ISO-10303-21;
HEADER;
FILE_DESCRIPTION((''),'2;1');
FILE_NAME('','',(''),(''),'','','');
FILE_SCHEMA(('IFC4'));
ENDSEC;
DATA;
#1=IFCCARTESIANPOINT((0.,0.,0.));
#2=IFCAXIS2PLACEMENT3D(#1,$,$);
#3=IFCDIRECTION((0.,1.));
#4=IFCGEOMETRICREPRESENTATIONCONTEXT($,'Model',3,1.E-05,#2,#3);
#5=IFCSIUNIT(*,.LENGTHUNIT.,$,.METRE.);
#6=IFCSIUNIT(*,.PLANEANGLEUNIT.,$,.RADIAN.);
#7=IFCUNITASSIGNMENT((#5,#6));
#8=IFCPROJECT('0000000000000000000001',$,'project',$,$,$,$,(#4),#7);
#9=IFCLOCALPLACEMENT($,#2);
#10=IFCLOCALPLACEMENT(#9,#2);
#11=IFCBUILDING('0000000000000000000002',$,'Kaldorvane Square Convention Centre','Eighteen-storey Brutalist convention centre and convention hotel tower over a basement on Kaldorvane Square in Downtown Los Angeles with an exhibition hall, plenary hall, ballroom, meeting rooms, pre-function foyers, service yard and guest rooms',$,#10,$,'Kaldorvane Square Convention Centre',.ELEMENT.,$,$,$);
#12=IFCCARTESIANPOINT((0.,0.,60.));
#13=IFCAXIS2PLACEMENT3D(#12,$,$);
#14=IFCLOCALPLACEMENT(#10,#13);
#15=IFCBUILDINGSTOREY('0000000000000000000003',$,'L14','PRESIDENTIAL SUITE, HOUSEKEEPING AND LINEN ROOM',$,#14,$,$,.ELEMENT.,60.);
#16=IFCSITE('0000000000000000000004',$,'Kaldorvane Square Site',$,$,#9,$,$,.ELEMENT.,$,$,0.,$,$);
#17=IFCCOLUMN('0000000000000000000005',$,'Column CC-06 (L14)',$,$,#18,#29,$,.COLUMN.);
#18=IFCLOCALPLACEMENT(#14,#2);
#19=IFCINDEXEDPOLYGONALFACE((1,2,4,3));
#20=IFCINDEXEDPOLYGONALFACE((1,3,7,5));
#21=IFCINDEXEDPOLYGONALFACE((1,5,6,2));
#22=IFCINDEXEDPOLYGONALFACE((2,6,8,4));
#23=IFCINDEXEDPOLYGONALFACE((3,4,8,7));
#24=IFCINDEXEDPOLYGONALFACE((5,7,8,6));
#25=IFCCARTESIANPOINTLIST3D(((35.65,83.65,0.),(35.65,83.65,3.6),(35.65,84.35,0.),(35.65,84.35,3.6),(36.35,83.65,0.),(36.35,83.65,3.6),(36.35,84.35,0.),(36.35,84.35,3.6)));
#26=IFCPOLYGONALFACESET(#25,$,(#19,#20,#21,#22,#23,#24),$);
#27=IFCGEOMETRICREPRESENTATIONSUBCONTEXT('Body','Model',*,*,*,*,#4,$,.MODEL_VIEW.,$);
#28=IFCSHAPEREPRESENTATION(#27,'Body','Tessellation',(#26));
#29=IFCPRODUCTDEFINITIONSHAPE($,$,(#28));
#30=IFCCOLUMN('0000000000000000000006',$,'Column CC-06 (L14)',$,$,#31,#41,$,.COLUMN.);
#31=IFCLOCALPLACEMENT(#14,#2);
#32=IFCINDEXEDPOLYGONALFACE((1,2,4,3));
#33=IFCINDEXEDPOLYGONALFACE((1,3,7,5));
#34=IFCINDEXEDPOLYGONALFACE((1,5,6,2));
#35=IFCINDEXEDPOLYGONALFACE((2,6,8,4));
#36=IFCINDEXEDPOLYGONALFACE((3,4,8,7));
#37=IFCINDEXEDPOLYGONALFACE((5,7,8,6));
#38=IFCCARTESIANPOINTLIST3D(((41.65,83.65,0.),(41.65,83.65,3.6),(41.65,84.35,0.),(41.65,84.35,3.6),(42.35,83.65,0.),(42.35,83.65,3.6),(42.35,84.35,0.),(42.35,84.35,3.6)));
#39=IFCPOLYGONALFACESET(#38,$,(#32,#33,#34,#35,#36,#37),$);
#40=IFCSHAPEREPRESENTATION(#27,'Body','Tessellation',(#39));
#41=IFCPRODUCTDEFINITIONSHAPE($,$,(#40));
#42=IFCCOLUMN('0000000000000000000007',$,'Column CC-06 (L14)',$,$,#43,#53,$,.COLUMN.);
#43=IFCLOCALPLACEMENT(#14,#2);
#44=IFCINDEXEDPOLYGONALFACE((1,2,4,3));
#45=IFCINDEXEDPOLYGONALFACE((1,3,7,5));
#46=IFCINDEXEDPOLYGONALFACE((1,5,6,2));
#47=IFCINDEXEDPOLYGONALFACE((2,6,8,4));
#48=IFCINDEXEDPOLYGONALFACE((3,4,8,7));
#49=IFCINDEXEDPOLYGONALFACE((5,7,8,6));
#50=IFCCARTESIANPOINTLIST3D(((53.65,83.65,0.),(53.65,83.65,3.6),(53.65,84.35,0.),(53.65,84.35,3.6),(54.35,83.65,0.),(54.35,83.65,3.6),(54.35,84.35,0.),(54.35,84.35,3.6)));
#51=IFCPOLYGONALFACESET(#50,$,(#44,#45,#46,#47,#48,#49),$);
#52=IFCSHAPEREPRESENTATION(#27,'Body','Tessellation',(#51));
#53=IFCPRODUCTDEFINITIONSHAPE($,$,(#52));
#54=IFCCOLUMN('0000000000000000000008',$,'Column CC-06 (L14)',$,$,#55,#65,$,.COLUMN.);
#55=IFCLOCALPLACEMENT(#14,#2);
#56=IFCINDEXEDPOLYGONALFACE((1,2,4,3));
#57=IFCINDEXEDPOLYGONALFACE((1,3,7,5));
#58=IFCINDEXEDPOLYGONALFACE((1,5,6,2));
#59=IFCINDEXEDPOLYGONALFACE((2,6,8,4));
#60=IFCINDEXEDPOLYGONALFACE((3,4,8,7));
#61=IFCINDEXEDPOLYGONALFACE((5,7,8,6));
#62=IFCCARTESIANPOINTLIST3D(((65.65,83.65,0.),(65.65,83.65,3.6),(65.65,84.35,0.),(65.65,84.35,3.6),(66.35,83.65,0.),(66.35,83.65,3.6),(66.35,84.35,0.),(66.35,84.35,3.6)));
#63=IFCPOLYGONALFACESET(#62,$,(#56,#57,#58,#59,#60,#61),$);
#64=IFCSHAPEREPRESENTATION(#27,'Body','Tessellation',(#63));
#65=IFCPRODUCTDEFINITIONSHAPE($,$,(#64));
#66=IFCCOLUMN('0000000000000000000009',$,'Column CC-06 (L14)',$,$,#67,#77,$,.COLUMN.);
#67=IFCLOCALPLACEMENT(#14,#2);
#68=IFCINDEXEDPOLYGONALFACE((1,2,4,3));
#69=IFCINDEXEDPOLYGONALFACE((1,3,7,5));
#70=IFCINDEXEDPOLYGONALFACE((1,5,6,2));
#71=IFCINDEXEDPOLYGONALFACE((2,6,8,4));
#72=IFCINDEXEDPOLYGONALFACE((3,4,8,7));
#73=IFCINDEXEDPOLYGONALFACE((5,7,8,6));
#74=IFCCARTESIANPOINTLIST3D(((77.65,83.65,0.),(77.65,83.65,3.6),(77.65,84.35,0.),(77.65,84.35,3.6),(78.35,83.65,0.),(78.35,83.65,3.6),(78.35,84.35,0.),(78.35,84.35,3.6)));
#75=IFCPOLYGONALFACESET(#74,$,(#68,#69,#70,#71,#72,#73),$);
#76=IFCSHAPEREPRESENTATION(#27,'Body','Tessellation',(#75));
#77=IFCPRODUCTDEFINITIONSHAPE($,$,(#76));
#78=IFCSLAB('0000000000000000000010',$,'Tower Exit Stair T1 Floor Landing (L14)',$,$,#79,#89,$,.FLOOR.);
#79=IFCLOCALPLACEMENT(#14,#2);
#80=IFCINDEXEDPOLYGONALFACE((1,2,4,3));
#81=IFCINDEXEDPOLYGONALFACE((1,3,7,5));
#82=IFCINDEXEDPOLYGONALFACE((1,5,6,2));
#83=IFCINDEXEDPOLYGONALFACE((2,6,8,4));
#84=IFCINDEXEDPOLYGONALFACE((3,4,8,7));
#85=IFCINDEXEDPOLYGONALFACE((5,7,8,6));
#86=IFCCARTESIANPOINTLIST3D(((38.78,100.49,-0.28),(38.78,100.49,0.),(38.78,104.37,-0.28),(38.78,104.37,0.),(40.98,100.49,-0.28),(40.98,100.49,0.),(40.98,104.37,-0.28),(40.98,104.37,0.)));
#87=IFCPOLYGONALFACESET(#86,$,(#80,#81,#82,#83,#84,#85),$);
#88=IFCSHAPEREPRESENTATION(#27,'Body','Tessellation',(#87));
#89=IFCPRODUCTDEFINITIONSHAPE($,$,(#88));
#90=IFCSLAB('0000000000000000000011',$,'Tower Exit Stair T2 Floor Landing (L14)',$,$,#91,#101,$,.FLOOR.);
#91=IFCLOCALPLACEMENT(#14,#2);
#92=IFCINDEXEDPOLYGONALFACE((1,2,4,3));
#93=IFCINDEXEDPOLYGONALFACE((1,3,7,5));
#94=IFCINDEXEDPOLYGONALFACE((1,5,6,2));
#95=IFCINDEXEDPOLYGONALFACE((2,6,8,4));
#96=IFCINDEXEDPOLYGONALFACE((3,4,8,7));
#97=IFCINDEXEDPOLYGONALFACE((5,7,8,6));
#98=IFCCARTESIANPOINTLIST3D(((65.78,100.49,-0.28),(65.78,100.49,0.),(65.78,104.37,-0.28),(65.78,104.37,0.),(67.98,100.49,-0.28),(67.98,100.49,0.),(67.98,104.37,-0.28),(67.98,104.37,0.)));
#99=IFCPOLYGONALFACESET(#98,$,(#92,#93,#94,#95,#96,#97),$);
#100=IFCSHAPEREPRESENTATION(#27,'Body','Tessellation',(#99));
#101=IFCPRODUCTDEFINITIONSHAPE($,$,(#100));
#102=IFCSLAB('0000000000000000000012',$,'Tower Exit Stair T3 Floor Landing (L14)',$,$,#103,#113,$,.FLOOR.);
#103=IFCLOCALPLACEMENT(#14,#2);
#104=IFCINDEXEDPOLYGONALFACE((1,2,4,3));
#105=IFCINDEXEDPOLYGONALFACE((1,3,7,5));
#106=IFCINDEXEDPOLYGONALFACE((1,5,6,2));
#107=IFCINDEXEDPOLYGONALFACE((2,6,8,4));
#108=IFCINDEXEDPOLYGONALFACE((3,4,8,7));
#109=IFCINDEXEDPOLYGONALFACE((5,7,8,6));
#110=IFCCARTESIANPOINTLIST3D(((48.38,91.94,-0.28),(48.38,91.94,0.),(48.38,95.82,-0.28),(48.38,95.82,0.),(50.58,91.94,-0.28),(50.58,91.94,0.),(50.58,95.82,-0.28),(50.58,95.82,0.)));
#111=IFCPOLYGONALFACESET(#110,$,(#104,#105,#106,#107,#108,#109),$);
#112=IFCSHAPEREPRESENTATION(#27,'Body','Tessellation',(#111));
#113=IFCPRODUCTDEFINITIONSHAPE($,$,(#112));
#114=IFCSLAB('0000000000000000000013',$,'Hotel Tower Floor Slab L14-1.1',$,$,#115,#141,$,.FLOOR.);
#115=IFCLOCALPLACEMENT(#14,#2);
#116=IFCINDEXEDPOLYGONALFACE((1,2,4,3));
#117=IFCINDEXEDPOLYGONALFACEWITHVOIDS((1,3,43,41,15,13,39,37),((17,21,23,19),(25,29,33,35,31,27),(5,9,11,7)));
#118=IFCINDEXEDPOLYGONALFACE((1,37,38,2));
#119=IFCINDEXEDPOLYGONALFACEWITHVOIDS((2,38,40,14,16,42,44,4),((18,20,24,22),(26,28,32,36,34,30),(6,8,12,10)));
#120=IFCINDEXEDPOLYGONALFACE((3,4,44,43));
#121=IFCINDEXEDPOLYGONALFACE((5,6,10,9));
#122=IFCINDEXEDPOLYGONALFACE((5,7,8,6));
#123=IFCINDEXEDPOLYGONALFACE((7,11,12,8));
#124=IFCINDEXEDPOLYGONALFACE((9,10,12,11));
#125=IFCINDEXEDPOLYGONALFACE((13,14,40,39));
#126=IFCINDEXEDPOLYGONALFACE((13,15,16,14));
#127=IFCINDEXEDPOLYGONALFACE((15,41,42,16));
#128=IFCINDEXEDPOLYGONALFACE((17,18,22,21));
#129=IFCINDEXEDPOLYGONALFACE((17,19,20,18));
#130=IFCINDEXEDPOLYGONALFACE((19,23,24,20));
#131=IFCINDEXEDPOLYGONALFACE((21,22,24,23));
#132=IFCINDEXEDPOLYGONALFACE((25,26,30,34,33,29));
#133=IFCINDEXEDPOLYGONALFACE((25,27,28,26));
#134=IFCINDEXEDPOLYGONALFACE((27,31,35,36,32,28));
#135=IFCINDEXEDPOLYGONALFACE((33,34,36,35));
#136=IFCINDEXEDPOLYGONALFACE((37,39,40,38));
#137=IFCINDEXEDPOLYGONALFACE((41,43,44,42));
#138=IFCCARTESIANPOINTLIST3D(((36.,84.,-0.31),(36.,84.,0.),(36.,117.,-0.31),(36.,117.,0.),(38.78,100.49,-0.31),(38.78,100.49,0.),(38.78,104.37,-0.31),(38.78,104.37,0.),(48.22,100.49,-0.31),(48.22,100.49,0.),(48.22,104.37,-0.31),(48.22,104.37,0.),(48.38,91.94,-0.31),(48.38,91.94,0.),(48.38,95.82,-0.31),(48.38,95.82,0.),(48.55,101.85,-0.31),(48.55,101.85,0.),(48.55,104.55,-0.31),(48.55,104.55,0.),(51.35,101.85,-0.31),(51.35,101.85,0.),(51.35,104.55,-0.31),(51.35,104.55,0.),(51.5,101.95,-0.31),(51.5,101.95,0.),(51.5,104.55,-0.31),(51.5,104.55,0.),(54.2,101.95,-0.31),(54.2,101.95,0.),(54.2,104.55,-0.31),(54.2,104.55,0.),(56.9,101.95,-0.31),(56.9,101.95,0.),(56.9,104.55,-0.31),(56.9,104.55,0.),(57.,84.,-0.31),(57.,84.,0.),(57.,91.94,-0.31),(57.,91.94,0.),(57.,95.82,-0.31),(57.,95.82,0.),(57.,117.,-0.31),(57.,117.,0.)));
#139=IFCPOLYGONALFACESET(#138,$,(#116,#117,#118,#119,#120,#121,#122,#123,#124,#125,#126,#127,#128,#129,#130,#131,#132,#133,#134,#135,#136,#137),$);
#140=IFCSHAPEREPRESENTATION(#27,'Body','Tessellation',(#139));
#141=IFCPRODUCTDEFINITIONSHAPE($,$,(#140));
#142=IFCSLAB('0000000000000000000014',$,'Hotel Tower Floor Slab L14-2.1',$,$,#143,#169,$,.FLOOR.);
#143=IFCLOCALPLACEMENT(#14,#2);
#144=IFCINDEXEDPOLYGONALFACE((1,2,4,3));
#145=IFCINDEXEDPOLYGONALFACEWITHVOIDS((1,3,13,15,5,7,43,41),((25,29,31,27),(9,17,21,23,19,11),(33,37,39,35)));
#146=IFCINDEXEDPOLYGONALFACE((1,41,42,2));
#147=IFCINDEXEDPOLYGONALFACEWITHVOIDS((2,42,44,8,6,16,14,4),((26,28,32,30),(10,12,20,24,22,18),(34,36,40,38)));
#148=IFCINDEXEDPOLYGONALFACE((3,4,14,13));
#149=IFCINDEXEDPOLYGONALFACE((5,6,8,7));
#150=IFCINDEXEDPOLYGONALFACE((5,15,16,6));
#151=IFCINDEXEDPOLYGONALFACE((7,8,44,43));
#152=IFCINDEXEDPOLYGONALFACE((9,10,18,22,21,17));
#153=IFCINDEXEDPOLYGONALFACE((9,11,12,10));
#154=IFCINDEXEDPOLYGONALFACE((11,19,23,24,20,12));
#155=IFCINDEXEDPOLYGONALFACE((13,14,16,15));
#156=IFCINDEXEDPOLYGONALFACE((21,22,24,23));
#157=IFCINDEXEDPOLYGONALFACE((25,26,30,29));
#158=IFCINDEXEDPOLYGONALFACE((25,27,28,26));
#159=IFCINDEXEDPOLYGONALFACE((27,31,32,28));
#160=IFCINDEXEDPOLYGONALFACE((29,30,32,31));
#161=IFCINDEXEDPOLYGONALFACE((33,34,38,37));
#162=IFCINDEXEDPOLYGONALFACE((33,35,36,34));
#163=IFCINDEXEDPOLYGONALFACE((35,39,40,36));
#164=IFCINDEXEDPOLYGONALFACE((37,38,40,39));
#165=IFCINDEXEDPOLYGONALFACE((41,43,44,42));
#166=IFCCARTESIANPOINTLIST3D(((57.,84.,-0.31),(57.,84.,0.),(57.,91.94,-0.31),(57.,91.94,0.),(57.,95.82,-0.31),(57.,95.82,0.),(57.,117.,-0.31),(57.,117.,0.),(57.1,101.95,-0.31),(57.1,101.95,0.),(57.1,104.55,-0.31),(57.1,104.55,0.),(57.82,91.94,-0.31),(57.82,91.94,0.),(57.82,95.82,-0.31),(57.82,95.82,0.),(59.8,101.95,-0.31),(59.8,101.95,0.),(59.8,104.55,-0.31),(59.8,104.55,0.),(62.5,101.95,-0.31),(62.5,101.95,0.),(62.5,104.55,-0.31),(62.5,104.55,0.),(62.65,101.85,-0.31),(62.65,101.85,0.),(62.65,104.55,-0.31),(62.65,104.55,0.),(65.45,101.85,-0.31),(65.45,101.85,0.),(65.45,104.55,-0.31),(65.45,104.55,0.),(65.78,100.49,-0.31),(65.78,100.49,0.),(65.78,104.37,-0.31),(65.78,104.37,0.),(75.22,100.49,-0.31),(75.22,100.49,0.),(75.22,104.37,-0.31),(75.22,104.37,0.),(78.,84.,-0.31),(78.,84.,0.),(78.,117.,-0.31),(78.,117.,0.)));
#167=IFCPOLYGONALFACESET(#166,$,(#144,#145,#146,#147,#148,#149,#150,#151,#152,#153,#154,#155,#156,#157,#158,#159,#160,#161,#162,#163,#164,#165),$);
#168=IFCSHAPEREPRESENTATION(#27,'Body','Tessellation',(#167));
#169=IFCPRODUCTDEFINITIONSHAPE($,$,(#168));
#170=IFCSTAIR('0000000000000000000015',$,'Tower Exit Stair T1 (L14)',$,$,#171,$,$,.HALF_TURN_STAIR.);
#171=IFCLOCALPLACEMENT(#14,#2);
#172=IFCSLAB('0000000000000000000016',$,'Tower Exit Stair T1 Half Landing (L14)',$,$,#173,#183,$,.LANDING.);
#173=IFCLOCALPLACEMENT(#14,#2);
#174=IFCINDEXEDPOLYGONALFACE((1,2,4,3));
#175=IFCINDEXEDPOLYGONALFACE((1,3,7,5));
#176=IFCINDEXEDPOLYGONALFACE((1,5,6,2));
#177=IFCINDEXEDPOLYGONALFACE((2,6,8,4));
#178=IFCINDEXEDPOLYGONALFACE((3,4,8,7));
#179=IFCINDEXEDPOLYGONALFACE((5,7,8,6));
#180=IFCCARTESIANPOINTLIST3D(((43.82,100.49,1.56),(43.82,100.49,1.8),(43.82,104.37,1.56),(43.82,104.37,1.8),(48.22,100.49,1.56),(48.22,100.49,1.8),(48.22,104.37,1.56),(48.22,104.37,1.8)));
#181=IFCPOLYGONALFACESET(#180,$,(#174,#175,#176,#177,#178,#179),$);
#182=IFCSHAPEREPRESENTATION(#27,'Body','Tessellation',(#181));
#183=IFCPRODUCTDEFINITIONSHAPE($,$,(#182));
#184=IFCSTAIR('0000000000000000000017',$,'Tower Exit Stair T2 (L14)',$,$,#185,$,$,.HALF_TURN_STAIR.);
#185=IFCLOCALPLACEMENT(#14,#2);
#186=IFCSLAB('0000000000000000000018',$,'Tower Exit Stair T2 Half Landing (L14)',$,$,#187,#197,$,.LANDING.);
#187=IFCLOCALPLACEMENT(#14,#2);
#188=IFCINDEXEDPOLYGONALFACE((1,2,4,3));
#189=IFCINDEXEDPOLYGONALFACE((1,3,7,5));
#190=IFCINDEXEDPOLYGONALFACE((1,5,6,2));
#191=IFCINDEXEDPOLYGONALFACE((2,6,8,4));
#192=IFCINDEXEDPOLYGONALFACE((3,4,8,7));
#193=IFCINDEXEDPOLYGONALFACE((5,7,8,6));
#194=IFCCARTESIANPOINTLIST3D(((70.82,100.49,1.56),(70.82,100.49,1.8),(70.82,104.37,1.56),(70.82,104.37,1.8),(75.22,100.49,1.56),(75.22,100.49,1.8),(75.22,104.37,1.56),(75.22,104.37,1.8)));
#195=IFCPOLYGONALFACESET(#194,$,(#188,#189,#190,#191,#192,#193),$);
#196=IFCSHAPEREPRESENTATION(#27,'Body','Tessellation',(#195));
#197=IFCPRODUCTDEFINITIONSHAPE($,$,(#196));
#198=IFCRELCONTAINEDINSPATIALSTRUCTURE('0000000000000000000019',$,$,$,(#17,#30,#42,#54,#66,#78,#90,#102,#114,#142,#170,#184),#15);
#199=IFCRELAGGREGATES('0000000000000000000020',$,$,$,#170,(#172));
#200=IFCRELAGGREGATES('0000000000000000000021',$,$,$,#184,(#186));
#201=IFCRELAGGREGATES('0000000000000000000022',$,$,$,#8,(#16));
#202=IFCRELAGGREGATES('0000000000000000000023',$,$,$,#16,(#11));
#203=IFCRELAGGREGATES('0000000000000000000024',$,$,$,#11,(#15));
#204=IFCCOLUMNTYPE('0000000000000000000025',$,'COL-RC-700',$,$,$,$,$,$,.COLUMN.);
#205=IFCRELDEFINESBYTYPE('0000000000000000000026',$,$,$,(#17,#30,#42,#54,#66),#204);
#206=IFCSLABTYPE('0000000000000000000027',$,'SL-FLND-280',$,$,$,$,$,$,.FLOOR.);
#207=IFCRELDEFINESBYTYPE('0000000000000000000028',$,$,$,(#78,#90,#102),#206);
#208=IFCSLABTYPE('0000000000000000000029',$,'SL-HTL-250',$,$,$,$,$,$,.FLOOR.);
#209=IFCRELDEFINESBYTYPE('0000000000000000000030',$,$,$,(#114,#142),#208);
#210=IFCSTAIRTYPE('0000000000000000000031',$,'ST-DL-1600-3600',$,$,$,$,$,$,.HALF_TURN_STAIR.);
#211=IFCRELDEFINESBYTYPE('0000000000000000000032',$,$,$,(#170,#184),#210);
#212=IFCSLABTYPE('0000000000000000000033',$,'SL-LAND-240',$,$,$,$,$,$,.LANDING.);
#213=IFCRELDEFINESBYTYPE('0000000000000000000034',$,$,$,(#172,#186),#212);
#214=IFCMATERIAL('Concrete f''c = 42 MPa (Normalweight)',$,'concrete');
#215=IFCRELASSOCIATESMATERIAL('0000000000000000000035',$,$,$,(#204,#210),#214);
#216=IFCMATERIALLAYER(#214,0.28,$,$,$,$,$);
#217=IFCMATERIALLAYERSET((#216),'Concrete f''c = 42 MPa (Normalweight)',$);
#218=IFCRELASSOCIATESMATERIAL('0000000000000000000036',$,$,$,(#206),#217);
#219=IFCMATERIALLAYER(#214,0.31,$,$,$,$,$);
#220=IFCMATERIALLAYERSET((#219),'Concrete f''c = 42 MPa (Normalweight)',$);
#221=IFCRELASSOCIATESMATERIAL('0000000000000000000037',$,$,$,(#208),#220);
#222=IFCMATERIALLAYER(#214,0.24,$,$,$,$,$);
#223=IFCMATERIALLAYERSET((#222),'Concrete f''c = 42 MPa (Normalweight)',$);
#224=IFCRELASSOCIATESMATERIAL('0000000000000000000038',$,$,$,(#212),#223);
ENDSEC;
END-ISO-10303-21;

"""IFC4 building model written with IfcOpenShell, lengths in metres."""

from ifc_helpers import new_model, si_unit, direction, frame, origin, origin_2d, place, context, subcontext, project, spatial, polyline, rectangle, outline, extrude, material, layer, layer_set, material_profile, profile_set, type_object, element, aggregate, save


model = new_model("IFC4")

# Units and contexts
model_context = context("Model", 3, precision=1e-05, world=origin(), true_north=direction((0.0, 1.0)))
body_context = subcontext(model_context, "Body", "Model", "MODEL_VIEW")
ifc_project = project(units=[si_unit("LENGTHUNIT", "METRE"), si_unit("PLANEANGLEUNIT", "RADIAN")], contexts=[model_context])

# Site, building, storey
site_placement = place(None, origin())
site = spatial("IfcSite", under=ifc_project, at=site_placement, Name="Kaldorvane Square Site", CompositionType="ELEMENT", RefElevation=0.0)
building_placement = place(site_placement, origin())
building = spatial("IfcBuilding", under=site, at=building_placement, Name="Kaldorvane Square Convention Centre", Description="Eighteen-storey Brutalist convention centre and convention hotel tower over a basement on Kaldorvane Square in Downtown Los Angeles with an exhibition hall, plenary hall, ballroom, meeting rooms, pre-function foyers, service yard and guest rooms", LongName="Kaldorvane Square Convention Centre", CompositionType="ELEMENT")
storey_placement = place(building_placement, frame((0.0, 0.0, 60.0)))
storey = spatial("IfcBuildingStorey", under=building, at=storey_placement, Name="L14", Description="PRESIDENTIAL SUITE, HOUSEKEEPING AND LINEN ROOM", CompositionType="ELEMENT", Elevation=60.0)

# Columns
ifc_material = material(Name="Concrete f'c = 42 MPa (Normalweight)", Category="concrete")
ifc_material_profile = material_profile(ifc_material, rectangle(XDim=0.7, YDim=0.7, at=origin_2d()), Name="RC700X700")
ifc_profile_set = profile_set([ifc_material_profile], Name="Concrete f'c = 42 MPa (Normalweight)")
column_type = type_object("IfcColumnType", Name="COL-RC-700", PredefinedType="COLUMN", material=ifc_profile_set)
for number, where, z_axis, x_axis, name in (
    (1, (36.0, 84.0, 0.0), (0.0, 0.0, 1.0), (1.0, 0.0, 0.0), "Column CC-06 (L14)"),
    (2, (42.0, 84.0, 0.0), (0.0, 0.0, 1.0), (1.0, 0.0, 0.0), "Column CC-06 (L14)"),
    (3, (54.0, 84.0, 0.0), (0.0, 0.0, 1.0), (1.0, 0.0, 0.0), "Column CC-06 (L14)"),
    (4, (66.0, 84.0, 0.0), (0.0, 0.0, 1.0), (1.0, 0.0, 0.0), "Column CC-06 (L14)"),
    (5, (78.0, 84.0, 0.0), (0.0, 0.0, 1.0), (1.0, 0.0, 0.0), "Column CC-06 (L14)"),
):
    element("IfcColumn", number, at=place(storey_placement, frame(where, z_axis=z_axis, x_axis=x_axis)), inside=storey, type_object=column_type, Name=name, PredefinedType="COLUMN", context=body_context, shape_type="SweptSolid", body=[
        extrude(rectangle(XDim=0.7, YDim=0.7, at=origin_2d()), origin(), (0.0, 0.0, 1.0), 3.6),
    ])

# Slabs
ifc_layer_1 = layer(ifc_material, 0.28)
ifc_layer_set_1 = layer_set([ifc_layer_1], Name="Concrete f'c = 42 MPa (Normalweight)")
slab_type_1 = type_object("IfcSlabType", Name="SL-FLND-280", PredefinedType="FLOOR", material=ifc_layer_set_1)
slab_1_placement = place(storey_placement, frame((0.0, 0.0, -0.28)))
element("IfcSlab", 6, at=slab_1_placement, inside=storey, type_object=slab_type_1, Name="Tower Exit Stair T1 Floor Landing (L14)", PredefinedType="FLOOR", context=body_context, shape_type="SweptSolid", body=[
    extrude(outline(polyline([(38.78, 100.49), (40.98, 100.49), (40.98, 104.37), (38.78, 104.37), (38.78, 100.49)])), origin(), (0.0, 0.0, 1.0), 0.28),
])
slab_2_placement = place(storey_placement, frame((0.0, 0.0, -0.28)))
element("IfcSlab", 7, at=slab_2_placement, inside=storey, type_object=slab_type_1, Name="Tower Exit Stair T2 Floor Landing (L14)", PredefinedType="FLOOR", context=body_context, shape_type="SweptSolid", body=[
    extrude(outline(polyline([(65.78, 100.49), (67.98, 100.49), (67.98, 104.37), (65.78, 104.37), (65.78, 100.49)])), origin(), (0.0, 0.0, 1.0), 0.28),
])
slab_3_placement = place(storey_placement, frame((0.0, 0.0, -0.28)))
element("IfcSlab", 8, at=slab_3_placement, inside=storey, type_object=slab_type_1, Name="Tower Exit Stair T3 Floor Landing (L14)", PredefinedType="FLOOR", context=body_context, shape_type="SweptSolid", body=[
    extrude(outline(polyline([(48.38, 91.94), (50.58, 91.94), (50.58, 95.82), (48.38, 95.82), (48.38, 91.94)])), origin(), (0.0, 0.0, 1.0), 0.28),
])
ifc_layer_2 = layer(ifc_material, 0.31)
ifc_layer_set_2 = layer_set([ifc_layer_2], Name="Concrete f'c = 42 MPa (Normalweight)")
slab_type_2 = type_object("IfcSlabType", Name="SL-HTL-250", PredefinedType="FLOOR", material=ifc_layer_set_2)
slab_4_placement = place(storey_placement, frame((0.0, 0.0, -0.31)))
element("IfcSlab", 9, at=slab_4_placement, inside=storey, type_object=slab_type_2, Name="Hotel Tower Floor Slab L14-1.1", PredefinedType="FLOOR", context=body_context, shape_type="SweptSolid", body=[
    extrude(outline(polyline([(36.0, 117.0), (57.0, 117.0), (57.0, 95.82), (48.38, 95.82), (48.38, 91.94), (57.0, 91.94), (57.0, 84.0), (36.0, 84.0), (36.0, 117.0)]), holes=[polyline([(38.78, 104.37), (38.78, 100.49), (48.22, 100.49), (48.22, 104.37), (38.78, 104.37)]), polyline([(48.55, 104.55), (48.55, 101.85), (51.35, 101.85), (51.35, 104.55), (48.55, 104.55)]), polyline([(51.5, 104.55), (51.5, 101.95), (54.2, 101.95), (56.9, 101.95), (56.9, 104.55), (54.2, 104.55), (51.5, 104.55)])]), origin(), (0.0, 0.0, 1.0), 0.31),
])
slab_5_placement = place(storey_placement, frame((0.0, 0.0, -0.31)))
element("IfcSlab", 10, at=slab_5_placement, inside=storey, type_object=slab_type_2, Name="Hotel Tower Floor Slab L14-2.1", PredefinedType="FLOOR", context=body_context, shape_type="SweptSolid", body=[
    extrude(outline(polyline([(78.0, 117.0), (78.0, 84.0), (57.0, 84.0), (57.0, 91.94), (57.82, 91.94), (57.82, 95.82), (57.0, 95.82), (57.0, 117.0), (78.0, 117.0)]), holes=[polyline([(65.78, 104.37), (65.78, 100.49), (75.22, 100.49), (75.22, 104.37), (65.78, 104.37)]), polyline([(62.65, 104.55), (62.65, 101.85), (65.45, 101.85), (65.45, 104.55), (62.65, 104.55)]), polyline([(57.1, 104.55), (57.1, 101.95), (59.8, 101.95), (62.5, 101.95), (62.5, 104.55), (59.8, 104.55), (57.1, 104.55)])]), origin(), (0.0, 0.0, 1.0), 0.31),
])

# Stairs, slabs
stair_type = type_object("IfcStairType", Name="ST-DL-1600-3600", PredefinedType="HALF_TURN_STAIR", material=ifc_material)
stair_1_placement = place(storey_placement, origin())
stair_1 = element("IfcStair", 11, at=stair_1_placement, inside=storey, type_object=stair_type, Name="Tower Exit Stair T1 (L14)", PredefinedType="HALF_TURN_STAIR")
ifc_layer_3 = layer(ifc_material, 0.24)
ifc_layer_set_3 = layer_set([ifc_layer_3], Name="Concrete f'c = 42 MPa (Normalweight)")
slab_type_3 = type_object("IfcSlabType", Name="SL-LAND-240", PredefinedType="LANDING", material=ifc_layer_set_3)
slab_6_placement = place(storey_placement, frame((0.0, 0.0, 1.56)))
slab_6 = element("IfcSlab", 12, at=slab_6_placement, type_object=slab_type_3, Name="Tower Exit Stair T1 Half Landing (L14)", PredefinedType="LANDING", context=body_context, shape_type="SweptSolid", body=[
    extrude(outline(polyline([(43.82, 100.49), (48.22, 100.49), (48.22, 104.37), (43.82, 104.37), (43.82, 100.49)])), origin(), (0.0, 0.0, 1.0), 0.24),
])
aggregate(stair_1, [slab_6])
stair_2_placement = place(storey_placement, origin())
stair_2 = element("IfcStair", 13, at=stair_2_placement, inside=storey, type_object=stair_type, Name="Tower Exit Stair T2 (L14)", PredefinedType="HALF_TURN_STAIR")
slab_7_placement = place(storey_placement, frame((0.0, 0.0, 1.56)))
slab_7 = element("IfcSlab", 14, at=slab_7_placement, type_object=slab_type_3, Name="Tower Exit Stair T2 Half Landing (L14)", PredefinedType="LANDING", context=body_context, shape_type="SweptSolid", body=[
    extrude(outline(polyline([(70.82, 100.49), (75.22, 100.49), (75.22, 104.37), (70.82, 104.37), (70.82, 100.49)])), origin(), (0.0, 0.0, 1.0), 0.24),
])
aggregate(stair_2, [slab_7])

save(model, "model.ifc")
